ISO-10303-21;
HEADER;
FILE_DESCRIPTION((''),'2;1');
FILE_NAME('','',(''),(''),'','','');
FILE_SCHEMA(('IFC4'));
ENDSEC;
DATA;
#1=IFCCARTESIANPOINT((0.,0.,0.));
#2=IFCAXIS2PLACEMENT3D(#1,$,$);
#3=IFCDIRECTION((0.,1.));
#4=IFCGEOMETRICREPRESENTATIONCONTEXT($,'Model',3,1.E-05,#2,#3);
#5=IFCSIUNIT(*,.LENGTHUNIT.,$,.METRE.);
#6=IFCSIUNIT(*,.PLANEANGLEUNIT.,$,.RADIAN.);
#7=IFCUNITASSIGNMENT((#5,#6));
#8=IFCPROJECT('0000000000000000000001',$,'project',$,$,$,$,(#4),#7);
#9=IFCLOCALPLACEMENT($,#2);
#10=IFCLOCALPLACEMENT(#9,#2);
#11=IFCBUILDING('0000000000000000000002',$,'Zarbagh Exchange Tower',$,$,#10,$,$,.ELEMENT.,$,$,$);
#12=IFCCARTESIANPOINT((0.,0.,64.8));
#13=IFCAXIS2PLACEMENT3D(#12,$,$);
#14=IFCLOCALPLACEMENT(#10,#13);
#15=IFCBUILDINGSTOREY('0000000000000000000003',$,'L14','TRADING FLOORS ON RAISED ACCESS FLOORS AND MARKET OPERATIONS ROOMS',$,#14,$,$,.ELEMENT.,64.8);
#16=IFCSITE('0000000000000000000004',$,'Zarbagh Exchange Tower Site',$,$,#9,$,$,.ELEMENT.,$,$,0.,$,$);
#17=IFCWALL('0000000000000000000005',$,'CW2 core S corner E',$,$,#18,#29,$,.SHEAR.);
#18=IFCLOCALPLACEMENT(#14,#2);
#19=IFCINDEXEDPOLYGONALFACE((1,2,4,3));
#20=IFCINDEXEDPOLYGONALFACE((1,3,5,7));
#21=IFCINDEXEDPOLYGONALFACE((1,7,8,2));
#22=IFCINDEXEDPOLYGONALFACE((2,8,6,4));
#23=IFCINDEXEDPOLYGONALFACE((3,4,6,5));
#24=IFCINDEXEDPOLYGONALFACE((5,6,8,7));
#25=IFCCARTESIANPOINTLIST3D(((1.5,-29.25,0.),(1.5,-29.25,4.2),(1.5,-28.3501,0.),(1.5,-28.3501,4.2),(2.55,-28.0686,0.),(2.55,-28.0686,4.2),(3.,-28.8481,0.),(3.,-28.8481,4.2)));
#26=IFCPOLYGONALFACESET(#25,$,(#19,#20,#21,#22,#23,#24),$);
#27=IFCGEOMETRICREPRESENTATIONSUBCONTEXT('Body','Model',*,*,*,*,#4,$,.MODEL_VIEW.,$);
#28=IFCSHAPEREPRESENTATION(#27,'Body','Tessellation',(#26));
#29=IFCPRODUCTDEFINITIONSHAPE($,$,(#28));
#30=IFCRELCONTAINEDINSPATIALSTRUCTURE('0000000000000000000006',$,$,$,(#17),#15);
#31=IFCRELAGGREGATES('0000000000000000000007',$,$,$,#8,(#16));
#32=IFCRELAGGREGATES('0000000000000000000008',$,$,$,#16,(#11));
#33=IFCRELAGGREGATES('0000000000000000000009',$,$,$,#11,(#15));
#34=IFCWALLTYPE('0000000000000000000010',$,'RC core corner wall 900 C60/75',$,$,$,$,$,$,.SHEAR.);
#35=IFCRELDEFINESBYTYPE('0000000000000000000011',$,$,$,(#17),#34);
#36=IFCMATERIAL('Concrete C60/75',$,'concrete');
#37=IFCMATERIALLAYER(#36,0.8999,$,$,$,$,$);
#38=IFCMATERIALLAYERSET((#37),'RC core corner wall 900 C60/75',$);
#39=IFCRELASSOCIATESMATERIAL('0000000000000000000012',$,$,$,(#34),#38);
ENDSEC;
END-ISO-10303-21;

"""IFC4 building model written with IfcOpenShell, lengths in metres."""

from ifc_helpers import new_model, si_unit, direction, frame, origin, place, context, subcontext, project, spatial, polyline, outline, extrude, material, layer, layer_set, type_object, element, save


model = new_model("IFC4")

# Units and contexts
model_context = context("Model", 3, precision=1e-05, world=origin(), true_north=direction((0.0, 1.0)))
body_context = subcontext(model_context, "Body", "Model", "MODEL_VIEW")
ifc_project = project(units=[si_unit("LENGTHUNIT", "METRE"), si_unit("PLANEANGLEUNIT", "RADIAN")], contexts=[model_context])

# Site, building, storey
site_placement = place(None, origin())
site = spatial("IfcSite", under=ifc_project, at=site_placement, Name="Zarbagh Exchange Tower Site", CompositionType="ELEMENT", RefElevation=0.0)
building_placement = place(site_placement, origin())
building = spatial("IfcBuilding", under=site, at=building_placement, Name="Zarbagh Exchange Tower", CompositionType="ELEMENT")
storey_placement = place(building_placement, frame((0.0, 0.0, 64.8)))
storey = spatial("IfcBuildingStorey", under=building, at=storey_placement, Name="L14", Description="TRADING FLOORS ON RAISED ACCESS FLOORS AND MARKET OPERATIONS ROOMS", CompositionType="ELEMENT", Elevation=64.8)

# Wall
ifc_material_1 = material(Name="Concrete C60/75", Category="concrete")
ifc_layer_1 = layer(ifc_material_1, 0.8999)
ifc_layer_set_1 = layer_set([ifc_layer_1], Name="RC core corner wall 900 C60/75")
wall_type = type_object("IfcWallType", Name="RC core corner wall 900 C60/75", PredefinedType="SHEAR", material=ifc_layer_set_1)
wall_1_placement = place(storey_placement, origin())
element("IfcWall", 1, at=wall_1_placement, inside=storey, type_object=wall_type, Name="CW2 core S corner E", PredefinedType="SHEAR", context=body_context, shape_type="SweptSolid", body=[
    extrude(outline(polyline([(3.0, -28.8481), (1.5, -29.25), (1.5, -28.3501), (2.55, -28.0686), (3.0, -28.8481)])), origin(), (0.0, 0.0, 1.0), 4.2),
])

save(model, "model.ifc")
